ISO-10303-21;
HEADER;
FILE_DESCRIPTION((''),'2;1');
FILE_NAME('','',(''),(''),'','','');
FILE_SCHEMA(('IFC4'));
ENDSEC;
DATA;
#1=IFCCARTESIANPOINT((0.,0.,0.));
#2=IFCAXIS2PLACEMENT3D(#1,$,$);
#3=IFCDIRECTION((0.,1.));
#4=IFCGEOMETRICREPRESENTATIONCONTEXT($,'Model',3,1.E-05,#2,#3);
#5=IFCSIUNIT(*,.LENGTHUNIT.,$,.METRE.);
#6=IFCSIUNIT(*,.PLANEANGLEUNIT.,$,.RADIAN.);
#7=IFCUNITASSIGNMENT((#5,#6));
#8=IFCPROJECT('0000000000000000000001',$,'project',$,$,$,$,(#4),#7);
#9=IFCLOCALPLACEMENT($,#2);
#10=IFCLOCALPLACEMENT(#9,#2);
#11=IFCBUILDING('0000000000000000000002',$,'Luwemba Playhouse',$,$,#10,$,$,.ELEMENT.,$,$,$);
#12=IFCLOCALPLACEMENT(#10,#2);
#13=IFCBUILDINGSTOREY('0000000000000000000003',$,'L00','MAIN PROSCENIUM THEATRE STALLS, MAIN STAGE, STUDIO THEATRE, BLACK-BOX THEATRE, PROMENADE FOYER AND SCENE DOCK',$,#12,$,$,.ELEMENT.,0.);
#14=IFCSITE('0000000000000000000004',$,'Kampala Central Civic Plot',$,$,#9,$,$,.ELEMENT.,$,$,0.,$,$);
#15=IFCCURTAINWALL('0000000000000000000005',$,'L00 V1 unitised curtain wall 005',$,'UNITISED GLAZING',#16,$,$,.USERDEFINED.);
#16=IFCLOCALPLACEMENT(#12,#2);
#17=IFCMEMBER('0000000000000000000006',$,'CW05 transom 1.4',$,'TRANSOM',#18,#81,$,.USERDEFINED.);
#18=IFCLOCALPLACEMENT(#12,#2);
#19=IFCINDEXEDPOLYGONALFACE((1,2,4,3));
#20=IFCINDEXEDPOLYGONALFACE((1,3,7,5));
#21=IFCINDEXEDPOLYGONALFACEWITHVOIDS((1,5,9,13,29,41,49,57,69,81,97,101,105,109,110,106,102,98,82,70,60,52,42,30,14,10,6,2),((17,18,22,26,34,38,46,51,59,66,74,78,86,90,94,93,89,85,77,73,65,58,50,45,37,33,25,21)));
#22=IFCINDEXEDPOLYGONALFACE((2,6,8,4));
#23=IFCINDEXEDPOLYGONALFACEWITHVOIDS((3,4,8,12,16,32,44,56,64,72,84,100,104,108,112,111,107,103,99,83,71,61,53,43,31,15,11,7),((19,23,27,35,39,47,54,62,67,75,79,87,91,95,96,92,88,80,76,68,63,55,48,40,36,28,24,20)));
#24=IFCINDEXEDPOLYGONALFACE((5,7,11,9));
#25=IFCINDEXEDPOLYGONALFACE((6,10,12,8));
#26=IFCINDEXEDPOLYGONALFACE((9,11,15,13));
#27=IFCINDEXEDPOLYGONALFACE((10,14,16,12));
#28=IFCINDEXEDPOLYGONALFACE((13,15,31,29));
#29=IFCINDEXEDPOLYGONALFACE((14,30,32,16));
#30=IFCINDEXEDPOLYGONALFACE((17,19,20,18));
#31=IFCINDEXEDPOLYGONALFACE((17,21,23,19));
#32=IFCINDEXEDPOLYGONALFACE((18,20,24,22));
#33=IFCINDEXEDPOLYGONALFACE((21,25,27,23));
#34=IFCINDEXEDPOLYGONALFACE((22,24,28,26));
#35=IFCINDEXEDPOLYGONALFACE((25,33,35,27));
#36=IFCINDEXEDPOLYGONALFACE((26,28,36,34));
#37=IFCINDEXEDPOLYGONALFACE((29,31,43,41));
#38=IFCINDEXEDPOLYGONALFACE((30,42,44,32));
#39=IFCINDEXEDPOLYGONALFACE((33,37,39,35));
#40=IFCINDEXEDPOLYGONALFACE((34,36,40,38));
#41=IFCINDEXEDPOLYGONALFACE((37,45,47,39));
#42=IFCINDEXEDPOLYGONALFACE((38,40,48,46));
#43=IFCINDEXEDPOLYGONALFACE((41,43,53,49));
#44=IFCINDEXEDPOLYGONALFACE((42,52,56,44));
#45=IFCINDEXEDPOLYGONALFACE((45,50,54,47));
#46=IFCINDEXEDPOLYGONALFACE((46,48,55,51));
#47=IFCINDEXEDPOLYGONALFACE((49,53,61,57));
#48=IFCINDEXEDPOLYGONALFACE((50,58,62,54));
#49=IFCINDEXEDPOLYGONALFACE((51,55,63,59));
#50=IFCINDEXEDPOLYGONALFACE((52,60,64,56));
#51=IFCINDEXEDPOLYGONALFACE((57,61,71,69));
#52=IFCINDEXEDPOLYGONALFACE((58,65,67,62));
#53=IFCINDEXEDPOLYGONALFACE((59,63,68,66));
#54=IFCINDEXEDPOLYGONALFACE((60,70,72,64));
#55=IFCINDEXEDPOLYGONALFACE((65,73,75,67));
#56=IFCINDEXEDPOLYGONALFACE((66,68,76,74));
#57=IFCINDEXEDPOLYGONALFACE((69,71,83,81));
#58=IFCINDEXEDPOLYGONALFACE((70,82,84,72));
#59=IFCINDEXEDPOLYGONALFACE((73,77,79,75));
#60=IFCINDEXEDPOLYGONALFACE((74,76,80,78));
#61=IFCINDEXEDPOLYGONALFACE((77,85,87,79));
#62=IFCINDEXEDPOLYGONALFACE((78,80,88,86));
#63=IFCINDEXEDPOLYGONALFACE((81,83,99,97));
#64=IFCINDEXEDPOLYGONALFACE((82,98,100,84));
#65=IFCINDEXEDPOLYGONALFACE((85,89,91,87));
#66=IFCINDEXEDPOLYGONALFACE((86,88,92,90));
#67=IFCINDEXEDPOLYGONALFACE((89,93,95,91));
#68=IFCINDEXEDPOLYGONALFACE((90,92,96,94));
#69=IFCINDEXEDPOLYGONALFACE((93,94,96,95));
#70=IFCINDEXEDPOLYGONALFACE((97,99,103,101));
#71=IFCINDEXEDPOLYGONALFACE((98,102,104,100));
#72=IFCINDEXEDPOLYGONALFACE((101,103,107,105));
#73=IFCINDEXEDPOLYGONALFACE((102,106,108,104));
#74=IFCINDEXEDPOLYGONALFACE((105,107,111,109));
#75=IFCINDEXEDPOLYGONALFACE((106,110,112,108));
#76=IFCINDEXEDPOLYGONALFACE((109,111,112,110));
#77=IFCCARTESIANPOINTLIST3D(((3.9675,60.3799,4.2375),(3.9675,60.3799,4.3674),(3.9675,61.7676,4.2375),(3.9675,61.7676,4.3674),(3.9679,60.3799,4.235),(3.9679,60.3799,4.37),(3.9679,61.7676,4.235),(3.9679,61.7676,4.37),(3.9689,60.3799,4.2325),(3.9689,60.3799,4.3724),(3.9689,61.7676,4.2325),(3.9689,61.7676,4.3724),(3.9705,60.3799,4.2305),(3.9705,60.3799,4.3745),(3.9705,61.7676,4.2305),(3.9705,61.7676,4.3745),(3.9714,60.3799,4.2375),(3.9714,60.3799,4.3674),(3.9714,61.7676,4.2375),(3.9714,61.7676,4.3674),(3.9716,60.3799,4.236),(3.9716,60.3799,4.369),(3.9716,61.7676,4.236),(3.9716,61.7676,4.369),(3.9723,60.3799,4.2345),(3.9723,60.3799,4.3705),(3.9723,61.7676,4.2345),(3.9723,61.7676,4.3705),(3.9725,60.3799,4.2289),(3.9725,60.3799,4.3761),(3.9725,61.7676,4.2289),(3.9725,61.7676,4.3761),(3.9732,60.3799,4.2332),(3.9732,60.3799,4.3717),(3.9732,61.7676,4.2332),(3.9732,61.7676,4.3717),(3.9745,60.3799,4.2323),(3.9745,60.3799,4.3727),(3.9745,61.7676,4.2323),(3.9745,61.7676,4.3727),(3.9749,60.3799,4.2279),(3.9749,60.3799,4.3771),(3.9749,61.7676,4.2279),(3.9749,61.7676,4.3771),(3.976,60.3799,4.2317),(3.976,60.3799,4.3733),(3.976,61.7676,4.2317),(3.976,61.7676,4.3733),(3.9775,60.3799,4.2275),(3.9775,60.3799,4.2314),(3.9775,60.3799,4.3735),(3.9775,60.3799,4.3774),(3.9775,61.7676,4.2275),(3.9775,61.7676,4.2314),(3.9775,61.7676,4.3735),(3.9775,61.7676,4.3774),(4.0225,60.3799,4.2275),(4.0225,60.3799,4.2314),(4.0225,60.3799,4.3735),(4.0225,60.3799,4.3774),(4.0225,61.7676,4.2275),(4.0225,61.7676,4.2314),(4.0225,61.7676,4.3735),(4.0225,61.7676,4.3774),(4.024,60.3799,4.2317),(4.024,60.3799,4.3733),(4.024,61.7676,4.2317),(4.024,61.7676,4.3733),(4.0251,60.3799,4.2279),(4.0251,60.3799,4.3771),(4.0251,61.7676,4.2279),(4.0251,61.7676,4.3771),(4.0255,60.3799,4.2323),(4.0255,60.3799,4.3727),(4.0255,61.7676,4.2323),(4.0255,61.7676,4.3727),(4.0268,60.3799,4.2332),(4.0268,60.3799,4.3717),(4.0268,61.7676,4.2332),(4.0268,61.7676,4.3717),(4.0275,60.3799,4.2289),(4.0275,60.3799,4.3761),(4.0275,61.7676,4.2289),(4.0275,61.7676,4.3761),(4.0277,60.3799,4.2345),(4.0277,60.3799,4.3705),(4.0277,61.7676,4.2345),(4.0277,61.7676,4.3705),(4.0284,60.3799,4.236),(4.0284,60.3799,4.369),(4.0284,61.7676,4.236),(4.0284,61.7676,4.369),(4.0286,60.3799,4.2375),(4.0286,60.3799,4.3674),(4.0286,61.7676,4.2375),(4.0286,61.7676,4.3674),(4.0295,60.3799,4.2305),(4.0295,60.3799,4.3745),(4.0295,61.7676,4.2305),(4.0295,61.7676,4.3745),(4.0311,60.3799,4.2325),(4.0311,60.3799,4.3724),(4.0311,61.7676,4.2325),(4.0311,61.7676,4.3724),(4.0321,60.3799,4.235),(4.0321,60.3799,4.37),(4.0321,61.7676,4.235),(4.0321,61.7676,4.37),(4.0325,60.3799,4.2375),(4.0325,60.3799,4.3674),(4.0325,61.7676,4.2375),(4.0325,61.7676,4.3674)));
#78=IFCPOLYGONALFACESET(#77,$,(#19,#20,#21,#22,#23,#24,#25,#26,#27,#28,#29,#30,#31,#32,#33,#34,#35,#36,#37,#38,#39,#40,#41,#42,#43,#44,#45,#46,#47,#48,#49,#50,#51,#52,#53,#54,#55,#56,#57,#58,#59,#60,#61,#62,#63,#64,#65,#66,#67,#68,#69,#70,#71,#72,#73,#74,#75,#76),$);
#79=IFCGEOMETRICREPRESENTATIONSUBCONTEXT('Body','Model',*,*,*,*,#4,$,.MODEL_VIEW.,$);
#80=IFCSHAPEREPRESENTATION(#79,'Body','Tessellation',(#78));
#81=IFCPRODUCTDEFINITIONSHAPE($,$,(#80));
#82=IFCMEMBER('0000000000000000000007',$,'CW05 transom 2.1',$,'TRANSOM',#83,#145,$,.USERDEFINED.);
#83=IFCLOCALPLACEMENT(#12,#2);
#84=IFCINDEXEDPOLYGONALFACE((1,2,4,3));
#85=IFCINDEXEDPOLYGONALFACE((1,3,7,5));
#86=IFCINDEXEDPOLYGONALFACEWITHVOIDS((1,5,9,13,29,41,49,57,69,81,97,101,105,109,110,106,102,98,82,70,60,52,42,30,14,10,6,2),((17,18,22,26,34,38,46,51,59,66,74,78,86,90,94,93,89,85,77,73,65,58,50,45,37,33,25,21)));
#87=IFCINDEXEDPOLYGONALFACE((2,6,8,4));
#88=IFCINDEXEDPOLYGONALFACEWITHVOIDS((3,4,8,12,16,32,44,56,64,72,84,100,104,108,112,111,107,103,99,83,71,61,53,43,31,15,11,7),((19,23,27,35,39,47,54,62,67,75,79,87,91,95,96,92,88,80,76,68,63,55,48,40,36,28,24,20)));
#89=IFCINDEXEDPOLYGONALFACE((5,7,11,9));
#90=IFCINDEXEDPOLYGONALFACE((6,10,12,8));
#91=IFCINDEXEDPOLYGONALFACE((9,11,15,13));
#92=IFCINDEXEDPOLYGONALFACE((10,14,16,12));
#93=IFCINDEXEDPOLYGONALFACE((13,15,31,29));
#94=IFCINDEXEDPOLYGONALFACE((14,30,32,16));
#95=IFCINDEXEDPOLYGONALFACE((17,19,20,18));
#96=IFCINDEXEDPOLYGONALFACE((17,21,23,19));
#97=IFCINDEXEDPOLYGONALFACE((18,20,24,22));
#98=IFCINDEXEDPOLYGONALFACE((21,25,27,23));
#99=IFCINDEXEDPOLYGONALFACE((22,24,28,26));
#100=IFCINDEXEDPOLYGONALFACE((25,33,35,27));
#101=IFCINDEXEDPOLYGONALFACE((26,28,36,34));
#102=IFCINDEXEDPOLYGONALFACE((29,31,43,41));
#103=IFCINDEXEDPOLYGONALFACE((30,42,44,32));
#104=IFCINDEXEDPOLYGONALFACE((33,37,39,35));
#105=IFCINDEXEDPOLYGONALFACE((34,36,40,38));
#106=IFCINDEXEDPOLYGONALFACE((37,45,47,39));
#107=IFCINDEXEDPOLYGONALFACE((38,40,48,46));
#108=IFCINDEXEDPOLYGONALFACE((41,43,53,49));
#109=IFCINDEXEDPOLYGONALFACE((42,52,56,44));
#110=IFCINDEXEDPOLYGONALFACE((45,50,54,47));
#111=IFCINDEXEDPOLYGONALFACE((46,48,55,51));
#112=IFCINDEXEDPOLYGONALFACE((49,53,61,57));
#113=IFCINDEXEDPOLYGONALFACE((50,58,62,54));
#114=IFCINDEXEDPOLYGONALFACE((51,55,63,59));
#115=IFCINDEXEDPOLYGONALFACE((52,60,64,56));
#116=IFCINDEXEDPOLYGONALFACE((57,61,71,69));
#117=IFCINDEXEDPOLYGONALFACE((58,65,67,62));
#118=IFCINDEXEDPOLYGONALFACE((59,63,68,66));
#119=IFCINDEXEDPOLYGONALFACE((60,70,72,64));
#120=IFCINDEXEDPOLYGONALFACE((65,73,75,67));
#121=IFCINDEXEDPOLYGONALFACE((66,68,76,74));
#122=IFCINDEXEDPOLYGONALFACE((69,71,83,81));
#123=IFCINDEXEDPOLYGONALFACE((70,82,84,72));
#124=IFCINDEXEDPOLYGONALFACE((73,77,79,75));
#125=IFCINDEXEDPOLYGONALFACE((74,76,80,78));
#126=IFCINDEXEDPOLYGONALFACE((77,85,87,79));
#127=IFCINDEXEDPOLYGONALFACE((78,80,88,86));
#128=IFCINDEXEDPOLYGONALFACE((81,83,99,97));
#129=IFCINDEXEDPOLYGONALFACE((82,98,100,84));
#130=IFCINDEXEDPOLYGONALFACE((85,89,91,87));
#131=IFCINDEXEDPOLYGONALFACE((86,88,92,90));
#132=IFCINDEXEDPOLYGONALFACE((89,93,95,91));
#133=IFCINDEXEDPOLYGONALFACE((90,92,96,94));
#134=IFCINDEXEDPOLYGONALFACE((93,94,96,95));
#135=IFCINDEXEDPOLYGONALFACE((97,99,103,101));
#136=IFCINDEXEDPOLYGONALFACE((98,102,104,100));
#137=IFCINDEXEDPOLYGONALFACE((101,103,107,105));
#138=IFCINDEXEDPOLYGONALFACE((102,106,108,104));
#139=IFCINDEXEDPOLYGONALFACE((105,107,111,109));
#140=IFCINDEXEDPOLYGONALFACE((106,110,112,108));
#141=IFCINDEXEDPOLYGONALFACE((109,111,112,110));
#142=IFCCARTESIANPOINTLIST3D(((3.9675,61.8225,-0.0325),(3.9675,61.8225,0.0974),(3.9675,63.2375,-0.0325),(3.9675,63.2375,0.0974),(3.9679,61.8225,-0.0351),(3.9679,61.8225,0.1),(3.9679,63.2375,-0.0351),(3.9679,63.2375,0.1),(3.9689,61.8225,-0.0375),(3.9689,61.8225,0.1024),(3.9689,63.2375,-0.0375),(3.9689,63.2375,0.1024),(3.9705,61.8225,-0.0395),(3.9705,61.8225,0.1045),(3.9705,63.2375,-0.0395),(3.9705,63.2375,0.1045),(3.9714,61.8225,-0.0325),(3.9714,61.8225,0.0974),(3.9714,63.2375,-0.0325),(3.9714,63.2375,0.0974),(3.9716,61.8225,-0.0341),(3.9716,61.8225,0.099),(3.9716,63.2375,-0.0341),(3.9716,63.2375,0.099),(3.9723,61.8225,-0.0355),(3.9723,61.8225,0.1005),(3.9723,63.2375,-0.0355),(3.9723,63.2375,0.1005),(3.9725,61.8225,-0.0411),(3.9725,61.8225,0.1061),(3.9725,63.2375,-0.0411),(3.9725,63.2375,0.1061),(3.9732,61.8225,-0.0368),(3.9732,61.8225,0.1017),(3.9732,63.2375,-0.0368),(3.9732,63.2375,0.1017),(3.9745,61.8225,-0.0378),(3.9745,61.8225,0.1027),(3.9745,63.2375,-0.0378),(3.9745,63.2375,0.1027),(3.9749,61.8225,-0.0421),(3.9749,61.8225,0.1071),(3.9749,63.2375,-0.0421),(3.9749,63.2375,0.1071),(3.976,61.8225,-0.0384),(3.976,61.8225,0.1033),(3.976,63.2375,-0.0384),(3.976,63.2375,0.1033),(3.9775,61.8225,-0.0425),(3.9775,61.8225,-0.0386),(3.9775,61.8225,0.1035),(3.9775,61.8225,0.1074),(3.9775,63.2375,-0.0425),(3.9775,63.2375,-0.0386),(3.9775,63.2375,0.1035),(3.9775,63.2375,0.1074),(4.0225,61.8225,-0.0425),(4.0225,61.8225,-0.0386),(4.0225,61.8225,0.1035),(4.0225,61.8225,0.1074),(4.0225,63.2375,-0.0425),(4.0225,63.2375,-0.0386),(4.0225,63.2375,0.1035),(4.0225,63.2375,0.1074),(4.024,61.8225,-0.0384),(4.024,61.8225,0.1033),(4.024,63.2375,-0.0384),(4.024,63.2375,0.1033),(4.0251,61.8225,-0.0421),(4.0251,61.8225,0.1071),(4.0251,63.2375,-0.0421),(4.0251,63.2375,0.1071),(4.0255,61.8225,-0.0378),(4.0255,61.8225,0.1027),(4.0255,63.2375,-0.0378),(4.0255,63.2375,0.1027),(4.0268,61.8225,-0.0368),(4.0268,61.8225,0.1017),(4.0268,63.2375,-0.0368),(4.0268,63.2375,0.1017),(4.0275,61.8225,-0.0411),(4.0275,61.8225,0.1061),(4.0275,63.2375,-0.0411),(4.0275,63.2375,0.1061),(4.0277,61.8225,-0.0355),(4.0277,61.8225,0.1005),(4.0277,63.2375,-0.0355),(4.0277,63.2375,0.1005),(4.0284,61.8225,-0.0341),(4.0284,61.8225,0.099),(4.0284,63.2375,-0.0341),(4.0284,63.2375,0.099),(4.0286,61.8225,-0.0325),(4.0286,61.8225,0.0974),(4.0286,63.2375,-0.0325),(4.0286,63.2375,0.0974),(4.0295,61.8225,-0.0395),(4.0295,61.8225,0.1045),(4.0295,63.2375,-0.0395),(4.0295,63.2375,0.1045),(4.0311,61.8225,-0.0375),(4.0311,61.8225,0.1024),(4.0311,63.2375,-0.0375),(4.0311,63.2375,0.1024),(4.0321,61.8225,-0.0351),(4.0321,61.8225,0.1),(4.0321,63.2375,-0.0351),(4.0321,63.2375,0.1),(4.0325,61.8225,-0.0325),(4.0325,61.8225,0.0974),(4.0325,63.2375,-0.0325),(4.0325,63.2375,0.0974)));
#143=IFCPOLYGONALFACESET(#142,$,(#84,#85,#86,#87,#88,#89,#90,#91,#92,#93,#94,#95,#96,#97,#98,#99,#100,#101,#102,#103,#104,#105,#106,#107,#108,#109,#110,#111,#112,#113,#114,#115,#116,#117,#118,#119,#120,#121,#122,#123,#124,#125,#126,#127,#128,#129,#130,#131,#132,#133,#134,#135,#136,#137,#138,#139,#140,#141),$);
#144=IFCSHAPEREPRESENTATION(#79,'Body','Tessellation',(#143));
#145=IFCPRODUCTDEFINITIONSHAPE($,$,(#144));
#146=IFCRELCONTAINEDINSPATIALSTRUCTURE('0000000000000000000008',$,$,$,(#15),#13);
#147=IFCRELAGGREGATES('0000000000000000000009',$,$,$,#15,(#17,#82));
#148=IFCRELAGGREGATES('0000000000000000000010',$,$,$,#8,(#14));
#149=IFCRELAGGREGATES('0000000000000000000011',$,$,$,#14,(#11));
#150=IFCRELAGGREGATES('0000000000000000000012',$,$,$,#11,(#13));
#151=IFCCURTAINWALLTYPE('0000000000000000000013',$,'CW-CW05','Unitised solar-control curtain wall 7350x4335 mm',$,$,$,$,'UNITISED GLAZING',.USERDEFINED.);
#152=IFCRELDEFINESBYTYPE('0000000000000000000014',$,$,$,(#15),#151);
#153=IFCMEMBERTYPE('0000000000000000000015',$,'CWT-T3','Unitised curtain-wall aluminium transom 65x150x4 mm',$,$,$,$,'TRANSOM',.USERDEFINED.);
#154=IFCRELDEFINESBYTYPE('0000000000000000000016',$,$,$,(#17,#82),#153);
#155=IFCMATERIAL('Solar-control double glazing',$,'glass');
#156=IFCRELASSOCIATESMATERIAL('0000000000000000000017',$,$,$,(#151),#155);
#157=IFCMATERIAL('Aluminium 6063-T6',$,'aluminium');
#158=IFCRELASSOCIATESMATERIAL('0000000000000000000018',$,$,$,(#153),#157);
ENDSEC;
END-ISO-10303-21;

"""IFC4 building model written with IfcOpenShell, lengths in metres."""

from ifc_helpers import new_model, si_unit, direction, frame, origin, origin_2d, place, context, subcontext, project, spatial, hollow_rectangle, extrude, material, material_profile, profile_set, type_object, element, aggregate, save


model = new_model("IFC4")

# Units and contexts
model_context = context("Model", 3, precision=1e-05, world=origin(), true_north=direction((0.0, 1.0)))
body_context = subcontext(model_context, "Body", "Model", "MODEL_VIEW")
ifc_project = project(units=[si_unit("LENGTHUNIT", "METRE"), si_unit("PLANEANGLEUNIT", "RADIAN")], contexts=[model_context])

# Site, building, storey
site_placement = place(None, origin())
site = spatial("IfcSite", under=ifc_project, at=site_placement, Name="Kampala Central Civic Plot", CompositionType="ELEMENT", RefElevation=0.0)
building_placement = place(site_placement, origin())
building = spatial("IfcBuilding", under=site, at=building_placement, Name="Luwemba Playhouse", CompositionType="ELEMENT")
storey_placement = place(building_placement, origin())
storey = spatial("IfcBuildingStorey", under=building, at=storey_placement, Name="L00", Description="MAIN PROSCENIUM THEATRE STALLS, MAIN STAGE, STUDIO THEATRE, BLACK-BOX THEATRE, PROMENADE FOYER AND SCENE DOCK", CompositionType="ELEMENT", Elevation=0.0)

# Curtain wall, members
ifc_material_1 = material(Name="Solar-control double glazing", Category="glass")
curtain_wall_type = type_object("IfcCurtainWallType", Name="CW-CW05", Description="Unitised solar-control curtain wall 7350x4335 mm", ElementType="UNITISED GLAZING", PredefinedType="USERDEFINED", material=ifc_material_1)
curtain_wall_placement = place(storey_placement, origin())
curtain_wall = element("IfcCurtainWall", 1, at=curtain_wall_placement, inside=storey, type_object=curtain_wall_type, Name="L00 V1 unitised curtain wall 005", ObjectType="UNITISED GLAZING", PredefinedType="USERDEFINED")
ifc_material_2 = material(Name="Aluminium 6063-T6", Category="aluminium")
ifc_material_profile_1 = material_profile(ifc_material_2, hollow_rectangle(XDim=0.0649, YDim=0.1499, WallThickness=0.0039, InnerFilletRadius=0.0061, OuterFilletRadius=0.01, at=origin_2d()))
ifc_profile_set_1 = profile_set([ifc_material_profile_1], Name="Aluminium 6063-T6")
member_type_1 = type_object("IfcMemberType", Name="CWT-T3", Description="Unitised curtain-wall aluminium transom 65x150x4 mm", ElementType="TRANSOM", PredefinedType="USERDEFINED", material=ifc_profile_set_1)
member_1_placement = place(storey_placement, frame((4.0, 60.3799, 4.3025), z_axis=(0.0, 1.0, 0.0), x_axis=(-1.0, 0.0, 0.0)))
member_1 = element("IfcMember", 2, at=member_1_placement, type_object=member_type_1, Name="CW05 transom 1.4", ObjectType="TRANSOM", PredefinedType="USERDEFINED", context=body_context, shape_type="SweptSolid", body=[
    extrude(hollow_rectangle(XDim=0.0649, YDim=0.1499, WallThickness=0.0039, InnerFilletRadius=0.0061, OuterFilletRadius=0.01, at=origin_2d()), origin(), (0.0, 0.0, 1.0), 1.3877),
])
member_2_placement = place(storey_placement, frame((4.0, 61.8225, 0.0325), z_axis=(0.0, 1.0, 0.0), x_axis=(-1.0, 0.0, 0.0)))
member_2 = element("IfcMember", 3, at=member_2_placement, type_object=member_type_1, Name="CW05 transom 2.1", ObjectType="TRANSOM", PredefinedType="USERDEFINED", context=body_context, shape_type="SweptSolid", body=[
    extrude(hollow_rectangle(XDim=0.0649, YDim=0.1499, WallThickness=0.0039, InnerFilletRadius=0.0061, OuterFilletRadius=0.01, at=origin_2d()), origin(), (0.0, 0.0, 1.0), 1.415),
])
aggregate(curtain_wall, [member_1, member_2])

save(model, "model.ifc")
